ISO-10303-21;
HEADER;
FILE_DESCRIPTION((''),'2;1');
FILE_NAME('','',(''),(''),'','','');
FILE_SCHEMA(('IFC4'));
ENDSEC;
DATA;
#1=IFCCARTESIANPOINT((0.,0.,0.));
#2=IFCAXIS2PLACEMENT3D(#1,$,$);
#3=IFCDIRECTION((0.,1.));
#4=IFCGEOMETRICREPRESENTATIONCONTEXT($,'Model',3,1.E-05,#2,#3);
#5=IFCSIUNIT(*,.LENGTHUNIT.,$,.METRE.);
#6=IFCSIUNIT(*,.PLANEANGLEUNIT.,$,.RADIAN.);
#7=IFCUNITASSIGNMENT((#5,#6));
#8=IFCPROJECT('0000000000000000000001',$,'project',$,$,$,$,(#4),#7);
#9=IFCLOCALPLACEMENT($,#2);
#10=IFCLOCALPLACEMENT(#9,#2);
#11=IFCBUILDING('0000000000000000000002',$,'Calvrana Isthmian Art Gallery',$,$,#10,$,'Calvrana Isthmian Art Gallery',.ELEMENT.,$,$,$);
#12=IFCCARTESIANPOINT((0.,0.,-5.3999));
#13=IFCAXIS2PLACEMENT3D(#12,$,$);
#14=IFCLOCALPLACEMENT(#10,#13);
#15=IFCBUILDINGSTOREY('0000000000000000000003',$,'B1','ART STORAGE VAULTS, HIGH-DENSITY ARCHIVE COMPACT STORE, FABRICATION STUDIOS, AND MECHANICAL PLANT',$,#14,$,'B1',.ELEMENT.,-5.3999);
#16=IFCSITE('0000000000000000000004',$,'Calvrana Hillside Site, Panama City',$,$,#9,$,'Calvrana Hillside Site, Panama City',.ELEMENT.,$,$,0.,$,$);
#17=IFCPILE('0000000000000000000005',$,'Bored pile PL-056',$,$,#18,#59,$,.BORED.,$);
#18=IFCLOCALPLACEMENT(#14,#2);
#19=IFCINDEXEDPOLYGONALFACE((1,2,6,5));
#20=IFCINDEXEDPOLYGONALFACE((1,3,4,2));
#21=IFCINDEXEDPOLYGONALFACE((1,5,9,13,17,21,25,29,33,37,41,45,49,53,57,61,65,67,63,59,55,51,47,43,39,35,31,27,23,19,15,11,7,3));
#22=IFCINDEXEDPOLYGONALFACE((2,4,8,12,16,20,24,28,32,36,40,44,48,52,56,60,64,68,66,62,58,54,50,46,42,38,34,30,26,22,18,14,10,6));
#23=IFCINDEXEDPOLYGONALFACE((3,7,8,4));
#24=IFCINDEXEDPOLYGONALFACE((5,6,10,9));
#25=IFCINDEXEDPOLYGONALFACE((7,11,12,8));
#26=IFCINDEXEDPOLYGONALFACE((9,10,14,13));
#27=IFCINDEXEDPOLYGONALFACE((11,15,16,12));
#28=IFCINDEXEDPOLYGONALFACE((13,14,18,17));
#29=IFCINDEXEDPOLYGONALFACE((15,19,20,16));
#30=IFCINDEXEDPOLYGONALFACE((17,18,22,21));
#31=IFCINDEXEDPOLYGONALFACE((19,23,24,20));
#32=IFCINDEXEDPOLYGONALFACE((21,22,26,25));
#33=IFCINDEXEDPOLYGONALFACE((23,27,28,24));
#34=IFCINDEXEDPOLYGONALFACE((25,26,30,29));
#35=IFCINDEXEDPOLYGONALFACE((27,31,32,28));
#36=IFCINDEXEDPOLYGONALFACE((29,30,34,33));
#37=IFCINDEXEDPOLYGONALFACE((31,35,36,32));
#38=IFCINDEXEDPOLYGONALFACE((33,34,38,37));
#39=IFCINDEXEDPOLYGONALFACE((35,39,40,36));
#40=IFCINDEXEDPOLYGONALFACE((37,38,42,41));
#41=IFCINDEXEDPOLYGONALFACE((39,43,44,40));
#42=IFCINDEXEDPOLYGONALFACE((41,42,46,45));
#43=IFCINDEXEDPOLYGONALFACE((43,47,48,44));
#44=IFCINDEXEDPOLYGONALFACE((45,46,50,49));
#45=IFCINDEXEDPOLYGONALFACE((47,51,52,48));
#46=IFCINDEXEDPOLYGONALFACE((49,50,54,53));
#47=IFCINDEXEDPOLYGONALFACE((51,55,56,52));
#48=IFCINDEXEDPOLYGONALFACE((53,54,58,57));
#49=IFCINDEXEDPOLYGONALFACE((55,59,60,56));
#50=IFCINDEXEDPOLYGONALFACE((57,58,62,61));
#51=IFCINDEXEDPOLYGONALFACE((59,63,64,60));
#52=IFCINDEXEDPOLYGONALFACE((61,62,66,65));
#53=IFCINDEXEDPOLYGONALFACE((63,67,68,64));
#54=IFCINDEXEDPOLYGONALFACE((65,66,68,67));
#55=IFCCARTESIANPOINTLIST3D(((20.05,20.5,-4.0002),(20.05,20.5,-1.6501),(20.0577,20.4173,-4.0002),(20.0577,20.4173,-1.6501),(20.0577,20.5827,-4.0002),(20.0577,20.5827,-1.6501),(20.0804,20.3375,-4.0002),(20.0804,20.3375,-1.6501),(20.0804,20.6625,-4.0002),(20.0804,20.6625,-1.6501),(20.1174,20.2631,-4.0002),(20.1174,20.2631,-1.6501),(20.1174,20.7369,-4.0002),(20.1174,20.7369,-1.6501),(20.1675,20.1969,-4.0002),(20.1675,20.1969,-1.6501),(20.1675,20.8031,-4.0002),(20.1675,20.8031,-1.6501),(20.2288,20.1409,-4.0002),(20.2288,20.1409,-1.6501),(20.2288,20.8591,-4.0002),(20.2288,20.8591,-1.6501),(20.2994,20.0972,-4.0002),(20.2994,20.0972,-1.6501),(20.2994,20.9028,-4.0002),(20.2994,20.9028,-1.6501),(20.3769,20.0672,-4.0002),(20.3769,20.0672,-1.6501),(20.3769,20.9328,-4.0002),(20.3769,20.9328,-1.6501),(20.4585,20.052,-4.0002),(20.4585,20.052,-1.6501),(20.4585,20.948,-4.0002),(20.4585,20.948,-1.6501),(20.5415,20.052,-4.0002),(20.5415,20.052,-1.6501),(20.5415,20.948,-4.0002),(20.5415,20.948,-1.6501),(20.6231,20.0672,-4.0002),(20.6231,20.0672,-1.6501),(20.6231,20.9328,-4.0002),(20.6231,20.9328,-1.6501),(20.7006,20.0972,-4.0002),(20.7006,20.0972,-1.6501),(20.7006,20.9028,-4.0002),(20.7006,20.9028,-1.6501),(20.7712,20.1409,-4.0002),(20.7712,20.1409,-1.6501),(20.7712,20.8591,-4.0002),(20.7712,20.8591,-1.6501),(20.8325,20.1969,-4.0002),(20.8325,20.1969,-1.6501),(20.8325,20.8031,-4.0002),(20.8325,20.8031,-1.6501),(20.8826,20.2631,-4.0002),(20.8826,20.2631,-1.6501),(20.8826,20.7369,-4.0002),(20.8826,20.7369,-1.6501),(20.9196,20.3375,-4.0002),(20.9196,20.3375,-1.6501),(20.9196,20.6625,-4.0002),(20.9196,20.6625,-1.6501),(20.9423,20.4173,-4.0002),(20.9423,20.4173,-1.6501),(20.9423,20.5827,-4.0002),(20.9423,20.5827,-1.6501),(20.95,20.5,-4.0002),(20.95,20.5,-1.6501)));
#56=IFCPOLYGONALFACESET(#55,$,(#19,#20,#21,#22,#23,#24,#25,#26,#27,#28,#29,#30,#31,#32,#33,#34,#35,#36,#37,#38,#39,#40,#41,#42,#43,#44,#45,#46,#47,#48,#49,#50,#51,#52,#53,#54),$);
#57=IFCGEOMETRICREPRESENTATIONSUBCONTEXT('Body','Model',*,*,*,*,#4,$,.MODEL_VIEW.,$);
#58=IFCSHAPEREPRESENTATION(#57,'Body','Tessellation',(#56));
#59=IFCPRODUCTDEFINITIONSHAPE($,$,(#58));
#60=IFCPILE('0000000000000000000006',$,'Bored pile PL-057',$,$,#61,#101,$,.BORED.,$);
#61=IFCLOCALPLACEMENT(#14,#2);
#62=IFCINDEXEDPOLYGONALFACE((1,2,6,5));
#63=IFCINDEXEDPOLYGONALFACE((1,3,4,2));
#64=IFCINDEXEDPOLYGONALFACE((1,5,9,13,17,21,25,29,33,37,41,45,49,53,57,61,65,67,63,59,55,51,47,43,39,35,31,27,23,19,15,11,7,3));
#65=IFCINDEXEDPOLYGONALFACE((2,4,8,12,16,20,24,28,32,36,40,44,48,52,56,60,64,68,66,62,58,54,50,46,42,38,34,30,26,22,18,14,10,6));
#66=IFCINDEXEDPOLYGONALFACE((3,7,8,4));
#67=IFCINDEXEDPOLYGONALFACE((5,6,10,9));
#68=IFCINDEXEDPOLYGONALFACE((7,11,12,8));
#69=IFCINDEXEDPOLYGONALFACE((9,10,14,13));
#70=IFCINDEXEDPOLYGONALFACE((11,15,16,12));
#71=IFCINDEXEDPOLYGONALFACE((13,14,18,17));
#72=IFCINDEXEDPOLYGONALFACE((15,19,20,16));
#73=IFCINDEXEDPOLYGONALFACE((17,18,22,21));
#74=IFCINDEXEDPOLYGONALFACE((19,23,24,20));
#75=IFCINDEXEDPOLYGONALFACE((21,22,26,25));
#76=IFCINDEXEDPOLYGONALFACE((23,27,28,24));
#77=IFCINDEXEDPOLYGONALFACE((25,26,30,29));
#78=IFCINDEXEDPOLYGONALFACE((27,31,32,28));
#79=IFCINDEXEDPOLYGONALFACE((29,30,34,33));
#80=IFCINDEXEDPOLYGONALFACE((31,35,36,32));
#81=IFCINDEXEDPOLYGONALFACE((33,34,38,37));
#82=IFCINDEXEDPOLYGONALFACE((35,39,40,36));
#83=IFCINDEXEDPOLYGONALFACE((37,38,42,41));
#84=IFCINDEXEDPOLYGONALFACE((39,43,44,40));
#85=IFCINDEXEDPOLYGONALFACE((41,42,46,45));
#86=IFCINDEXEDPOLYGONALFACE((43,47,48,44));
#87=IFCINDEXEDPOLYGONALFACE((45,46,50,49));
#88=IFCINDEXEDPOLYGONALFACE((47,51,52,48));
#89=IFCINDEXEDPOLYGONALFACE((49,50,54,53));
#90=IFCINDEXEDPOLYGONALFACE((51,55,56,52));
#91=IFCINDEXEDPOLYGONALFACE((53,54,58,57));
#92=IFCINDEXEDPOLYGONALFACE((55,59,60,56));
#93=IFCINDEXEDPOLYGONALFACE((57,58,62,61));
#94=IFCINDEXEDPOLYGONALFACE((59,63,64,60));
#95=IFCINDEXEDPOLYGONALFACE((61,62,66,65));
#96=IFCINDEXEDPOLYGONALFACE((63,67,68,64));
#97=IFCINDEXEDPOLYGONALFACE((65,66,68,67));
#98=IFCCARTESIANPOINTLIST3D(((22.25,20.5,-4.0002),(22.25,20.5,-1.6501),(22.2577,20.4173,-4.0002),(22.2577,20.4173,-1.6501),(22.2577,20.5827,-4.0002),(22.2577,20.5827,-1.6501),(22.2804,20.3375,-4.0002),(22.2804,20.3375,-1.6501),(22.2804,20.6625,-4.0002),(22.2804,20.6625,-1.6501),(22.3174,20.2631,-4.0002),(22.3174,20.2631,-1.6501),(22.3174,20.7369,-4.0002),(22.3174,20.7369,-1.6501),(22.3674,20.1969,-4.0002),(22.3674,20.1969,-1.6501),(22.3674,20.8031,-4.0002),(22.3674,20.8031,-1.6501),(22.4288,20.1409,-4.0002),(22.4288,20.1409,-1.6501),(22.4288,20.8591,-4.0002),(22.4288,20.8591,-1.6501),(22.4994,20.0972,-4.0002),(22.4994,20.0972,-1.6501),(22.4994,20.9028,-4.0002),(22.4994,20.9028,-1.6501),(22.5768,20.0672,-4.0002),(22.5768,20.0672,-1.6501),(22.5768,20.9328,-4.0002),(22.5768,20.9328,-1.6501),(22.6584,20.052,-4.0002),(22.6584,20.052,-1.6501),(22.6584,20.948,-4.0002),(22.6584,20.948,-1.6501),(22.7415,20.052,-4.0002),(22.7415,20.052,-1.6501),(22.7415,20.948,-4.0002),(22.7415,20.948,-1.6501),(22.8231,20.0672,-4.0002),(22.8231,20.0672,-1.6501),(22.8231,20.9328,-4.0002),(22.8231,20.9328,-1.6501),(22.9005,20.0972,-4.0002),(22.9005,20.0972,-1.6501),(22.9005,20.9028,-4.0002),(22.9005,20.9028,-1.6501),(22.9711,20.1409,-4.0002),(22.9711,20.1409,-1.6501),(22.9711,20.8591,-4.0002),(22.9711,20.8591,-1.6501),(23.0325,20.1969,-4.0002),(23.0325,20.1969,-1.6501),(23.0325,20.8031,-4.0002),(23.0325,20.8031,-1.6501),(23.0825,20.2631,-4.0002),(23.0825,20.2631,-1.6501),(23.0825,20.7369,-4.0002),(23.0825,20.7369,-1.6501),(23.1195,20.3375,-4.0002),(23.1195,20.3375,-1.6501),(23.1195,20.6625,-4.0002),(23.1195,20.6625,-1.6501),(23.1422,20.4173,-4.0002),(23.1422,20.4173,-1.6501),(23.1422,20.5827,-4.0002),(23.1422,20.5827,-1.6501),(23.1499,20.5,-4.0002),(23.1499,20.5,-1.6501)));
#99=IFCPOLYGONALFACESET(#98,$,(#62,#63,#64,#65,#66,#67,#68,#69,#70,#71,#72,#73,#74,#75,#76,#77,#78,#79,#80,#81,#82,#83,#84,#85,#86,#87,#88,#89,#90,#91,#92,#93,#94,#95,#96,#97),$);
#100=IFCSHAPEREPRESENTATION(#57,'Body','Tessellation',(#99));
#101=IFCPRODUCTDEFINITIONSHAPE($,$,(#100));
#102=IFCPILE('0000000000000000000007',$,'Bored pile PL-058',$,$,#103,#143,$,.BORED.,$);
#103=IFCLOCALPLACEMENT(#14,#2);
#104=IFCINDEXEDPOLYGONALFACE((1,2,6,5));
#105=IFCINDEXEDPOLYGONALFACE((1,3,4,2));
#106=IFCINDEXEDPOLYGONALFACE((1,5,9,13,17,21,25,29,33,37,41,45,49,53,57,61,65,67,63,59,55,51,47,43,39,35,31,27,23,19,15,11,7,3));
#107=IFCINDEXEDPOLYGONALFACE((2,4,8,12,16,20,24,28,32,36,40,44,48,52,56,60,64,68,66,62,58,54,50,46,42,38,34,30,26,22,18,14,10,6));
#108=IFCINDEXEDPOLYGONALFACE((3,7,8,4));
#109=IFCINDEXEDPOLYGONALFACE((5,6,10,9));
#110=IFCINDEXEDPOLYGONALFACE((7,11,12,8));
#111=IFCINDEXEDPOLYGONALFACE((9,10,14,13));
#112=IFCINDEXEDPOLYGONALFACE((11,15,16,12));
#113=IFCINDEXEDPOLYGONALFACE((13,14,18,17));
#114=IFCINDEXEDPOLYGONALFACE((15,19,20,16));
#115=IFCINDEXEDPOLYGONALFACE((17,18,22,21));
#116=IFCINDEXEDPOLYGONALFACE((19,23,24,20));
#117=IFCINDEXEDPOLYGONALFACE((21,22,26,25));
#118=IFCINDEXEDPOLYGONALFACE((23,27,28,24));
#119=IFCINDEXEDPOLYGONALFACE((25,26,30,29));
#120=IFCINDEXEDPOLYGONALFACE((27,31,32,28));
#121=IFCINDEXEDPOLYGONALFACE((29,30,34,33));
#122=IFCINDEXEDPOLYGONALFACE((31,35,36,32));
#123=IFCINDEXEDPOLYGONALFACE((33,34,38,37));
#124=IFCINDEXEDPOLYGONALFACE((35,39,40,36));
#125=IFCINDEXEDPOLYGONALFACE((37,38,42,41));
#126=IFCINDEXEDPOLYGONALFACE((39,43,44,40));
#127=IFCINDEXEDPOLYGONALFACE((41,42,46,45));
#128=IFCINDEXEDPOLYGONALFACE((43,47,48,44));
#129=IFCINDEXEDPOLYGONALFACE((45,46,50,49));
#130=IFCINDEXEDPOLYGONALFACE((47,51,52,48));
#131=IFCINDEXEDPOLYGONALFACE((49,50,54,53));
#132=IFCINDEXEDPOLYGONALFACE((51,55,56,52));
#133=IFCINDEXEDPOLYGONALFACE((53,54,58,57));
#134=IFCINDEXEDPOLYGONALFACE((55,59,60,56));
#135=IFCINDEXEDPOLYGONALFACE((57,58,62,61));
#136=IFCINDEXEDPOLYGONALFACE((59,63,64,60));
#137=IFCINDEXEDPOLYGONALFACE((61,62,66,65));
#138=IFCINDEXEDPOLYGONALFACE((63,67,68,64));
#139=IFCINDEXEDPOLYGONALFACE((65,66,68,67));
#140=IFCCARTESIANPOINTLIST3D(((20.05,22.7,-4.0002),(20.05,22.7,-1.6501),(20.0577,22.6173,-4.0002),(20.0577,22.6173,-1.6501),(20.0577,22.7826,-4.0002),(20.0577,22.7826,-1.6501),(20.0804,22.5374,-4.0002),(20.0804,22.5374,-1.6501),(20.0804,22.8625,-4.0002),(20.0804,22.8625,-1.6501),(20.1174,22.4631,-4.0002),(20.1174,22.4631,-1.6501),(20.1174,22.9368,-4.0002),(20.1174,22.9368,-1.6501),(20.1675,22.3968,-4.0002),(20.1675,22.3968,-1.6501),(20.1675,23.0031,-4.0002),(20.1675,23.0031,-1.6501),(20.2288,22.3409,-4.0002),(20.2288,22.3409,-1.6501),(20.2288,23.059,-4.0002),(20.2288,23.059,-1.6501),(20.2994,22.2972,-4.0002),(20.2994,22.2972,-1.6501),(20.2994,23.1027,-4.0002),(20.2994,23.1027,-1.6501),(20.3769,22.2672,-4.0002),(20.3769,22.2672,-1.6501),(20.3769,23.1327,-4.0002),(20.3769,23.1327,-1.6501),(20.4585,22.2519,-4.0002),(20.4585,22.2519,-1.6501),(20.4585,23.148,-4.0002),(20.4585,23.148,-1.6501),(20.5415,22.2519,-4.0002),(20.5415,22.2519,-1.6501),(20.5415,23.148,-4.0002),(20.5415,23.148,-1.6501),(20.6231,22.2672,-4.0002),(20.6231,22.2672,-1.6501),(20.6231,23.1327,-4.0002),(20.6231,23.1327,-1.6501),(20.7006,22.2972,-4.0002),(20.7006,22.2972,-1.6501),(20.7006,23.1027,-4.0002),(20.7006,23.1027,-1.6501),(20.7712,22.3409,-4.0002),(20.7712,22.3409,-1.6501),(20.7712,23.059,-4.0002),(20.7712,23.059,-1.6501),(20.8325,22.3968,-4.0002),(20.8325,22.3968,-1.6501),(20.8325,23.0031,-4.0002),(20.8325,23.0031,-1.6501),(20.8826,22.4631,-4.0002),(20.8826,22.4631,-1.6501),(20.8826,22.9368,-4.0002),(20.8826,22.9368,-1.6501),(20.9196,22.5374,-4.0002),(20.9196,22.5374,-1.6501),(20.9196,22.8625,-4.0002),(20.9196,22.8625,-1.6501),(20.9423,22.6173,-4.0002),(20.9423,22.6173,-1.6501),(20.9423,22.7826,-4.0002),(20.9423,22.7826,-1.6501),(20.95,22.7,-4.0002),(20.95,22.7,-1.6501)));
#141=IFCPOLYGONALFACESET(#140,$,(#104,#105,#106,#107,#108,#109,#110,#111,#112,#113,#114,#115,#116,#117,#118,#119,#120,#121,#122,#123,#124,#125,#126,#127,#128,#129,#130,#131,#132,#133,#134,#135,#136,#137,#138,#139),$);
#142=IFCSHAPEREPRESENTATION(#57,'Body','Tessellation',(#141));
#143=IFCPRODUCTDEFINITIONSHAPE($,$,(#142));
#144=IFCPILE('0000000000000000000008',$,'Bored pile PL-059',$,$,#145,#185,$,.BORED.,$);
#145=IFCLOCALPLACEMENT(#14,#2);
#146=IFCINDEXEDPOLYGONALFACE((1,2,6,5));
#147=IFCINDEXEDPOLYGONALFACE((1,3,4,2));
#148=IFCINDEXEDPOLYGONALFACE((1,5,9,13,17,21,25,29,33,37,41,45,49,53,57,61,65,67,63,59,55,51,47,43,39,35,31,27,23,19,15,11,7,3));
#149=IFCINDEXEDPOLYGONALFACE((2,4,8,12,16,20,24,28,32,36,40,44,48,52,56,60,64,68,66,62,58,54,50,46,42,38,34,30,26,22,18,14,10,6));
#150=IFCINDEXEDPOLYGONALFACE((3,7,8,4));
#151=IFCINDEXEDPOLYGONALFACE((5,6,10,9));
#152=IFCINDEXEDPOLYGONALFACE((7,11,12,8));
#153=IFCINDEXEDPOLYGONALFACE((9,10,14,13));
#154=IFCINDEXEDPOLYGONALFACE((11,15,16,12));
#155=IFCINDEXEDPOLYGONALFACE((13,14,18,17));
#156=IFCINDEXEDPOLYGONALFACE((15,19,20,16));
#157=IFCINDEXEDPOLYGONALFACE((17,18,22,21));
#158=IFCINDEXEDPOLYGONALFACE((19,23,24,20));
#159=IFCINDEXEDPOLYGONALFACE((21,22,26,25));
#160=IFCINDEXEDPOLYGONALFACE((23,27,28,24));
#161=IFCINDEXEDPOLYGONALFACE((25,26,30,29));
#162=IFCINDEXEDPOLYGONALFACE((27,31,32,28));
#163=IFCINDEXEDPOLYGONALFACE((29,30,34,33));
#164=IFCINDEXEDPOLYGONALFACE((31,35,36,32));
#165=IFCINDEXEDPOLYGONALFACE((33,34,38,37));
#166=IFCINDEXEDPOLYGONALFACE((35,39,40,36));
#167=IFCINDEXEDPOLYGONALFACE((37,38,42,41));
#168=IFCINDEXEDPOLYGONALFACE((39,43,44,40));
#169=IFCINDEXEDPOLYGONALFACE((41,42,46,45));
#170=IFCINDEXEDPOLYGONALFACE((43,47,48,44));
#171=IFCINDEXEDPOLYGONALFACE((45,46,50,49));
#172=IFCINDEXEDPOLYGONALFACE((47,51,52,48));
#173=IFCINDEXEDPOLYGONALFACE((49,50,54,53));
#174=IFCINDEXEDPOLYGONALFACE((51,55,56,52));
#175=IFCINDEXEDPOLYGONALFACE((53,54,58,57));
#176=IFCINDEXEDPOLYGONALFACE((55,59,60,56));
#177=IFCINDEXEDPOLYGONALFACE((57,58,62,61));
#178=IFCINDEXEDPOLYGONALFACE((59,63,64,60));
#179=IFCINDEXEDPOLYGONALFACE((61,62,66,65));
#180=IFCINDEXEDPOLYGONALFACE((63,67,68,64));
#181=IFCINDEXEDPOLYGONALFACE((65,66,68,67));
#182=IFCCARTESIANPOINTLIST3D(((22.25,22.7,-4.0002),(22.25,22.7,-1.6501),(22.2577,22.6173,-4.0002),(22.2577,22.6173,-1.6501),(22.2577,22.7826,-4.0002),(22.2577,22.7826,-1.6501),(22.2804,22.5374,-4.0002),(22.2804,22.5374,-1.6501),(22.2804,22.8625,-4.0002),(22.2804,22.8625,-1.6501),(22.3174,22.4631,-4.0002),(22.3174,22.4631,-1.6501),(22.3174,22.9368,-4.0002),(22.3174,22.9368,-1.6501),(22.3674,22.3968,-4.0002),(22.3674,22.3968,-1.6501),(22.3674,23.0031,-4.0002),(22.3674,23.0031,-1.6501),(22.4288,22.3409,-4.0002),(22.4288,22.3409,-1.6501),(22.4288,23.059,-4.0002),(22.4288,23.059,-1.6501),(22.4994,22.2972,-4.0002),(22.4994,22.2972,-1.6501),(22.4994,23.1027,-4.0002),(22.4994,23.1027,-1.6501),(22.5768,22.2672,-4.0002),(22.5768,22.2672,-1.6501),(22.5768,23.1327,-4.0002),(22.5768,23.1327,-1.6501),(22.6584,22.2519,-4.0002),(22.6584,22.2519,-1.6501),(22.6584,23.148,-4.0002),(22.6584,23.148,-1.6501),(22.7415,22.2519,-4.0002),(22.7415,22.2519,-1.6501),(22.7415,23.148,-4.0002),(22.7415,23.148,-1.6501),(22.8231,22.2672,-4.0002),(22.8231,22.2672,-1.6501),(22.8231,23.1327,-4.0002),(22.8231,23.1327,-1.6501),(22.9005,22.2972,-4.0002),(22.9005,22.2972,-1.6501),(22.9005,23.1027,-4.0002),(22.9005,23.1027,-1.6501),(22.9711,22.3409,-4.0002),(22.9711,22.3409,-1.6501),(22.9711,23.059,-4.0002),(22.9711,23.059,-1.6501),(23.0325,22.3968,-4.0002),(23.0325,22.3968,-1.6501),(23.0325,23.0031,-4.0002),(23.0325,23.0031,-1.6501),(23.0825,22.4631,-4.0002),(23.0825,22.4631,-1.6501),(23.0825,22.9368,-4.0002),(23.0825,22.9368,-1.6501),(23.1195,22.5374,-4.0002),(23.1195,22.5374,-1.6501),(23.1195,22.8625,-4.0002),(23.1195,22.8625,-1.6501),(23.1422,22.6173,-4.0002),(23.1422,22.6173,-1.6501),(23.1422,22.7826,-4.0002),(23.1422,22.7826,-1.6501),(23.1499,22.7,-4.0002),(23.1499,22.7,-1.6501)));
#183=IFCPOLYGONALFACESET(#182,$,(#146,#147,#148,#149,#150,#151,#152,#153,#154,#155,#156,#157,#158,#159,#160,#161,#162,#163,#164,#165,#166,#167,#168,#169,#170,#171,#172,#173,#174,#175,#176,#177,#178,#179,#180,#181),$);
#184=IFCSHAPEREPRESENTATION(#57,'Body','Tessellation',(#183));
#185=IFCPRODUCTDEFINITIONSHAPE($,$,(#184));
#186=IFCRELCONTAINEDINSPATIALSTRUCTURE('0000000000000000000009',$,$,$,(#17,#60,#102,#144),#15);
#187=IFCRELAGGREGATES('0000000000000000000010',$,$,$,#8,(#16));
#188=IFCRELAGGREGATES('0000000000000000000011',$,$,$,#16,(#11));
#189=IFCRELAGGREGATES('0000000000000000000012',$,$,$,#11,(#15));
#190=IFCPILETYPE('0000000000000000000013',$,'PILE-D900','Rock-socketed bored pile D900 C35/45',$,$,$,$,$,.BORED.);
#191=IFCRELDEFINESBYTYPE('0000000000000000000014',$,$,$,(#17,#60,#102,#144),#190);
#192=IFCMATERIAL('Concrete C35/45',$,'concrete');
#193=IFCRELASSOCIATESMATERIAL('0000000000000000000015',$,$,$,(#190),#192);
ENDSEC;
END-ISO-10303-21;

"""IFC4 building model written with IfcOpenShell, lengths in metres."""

from ifc_helpers import new_model, si_unit, direction, frame, origin, origin_2d, place, context, subcontext, project, spatial, circle, extrude, material, material_profile, profile_set, type_object, element, save


model = new_model("IFC4")

# Units and contexts
model_context = context("Model", 3, precision=1e-05, world=origin(), true_north=direction((0.0, 1.0)))
body_context = subcontext(model_context, "Body", "Model", "MODEL_VIEW")
ifc_project = project(units=[si_unit("LENGTHUNIT", "METRE"), si_unit("PLANEANGLEUNIT", "RADIAN")], contexts=[model_context])

# Site, building, storey
site_placement = place(None, origin())
site = spatial("IfcSite", under=ifc_project, at=site_placement, Name="Calvrana Hillside Site, Panama City", LongName="Calvrana Hillside Site, Panama City", CompositionType="ELEMENT", RefElevation=0.0)
building_placement = place(site_placement, origin())
building = spatial("IfcBuilding", under=site, at=building_placement, Name="Calvrana Isthmian Art Gallery", LongName="Calvrana Isthmian Art Gallery", CompositionType="ELEMENT")
storey_placement = place(building_placement, frame((0.0, 0.0, -5.3999)))
storey = spatial("IfcBuildingStorey", under=building, at=storey_placement, Name="B1", Description="ART STORAGE VAULTS, HIGH-DENSITY ARCHIVE COMPACT STORE, FABRICATION STUDIOS, AND MECHANICAL PLANT", LongName="B1", CompositionType="ELEMENT", Elevation=-5.3999)

# Shared definitions
ifc_material_1 = material(Name="Concrete C35/45", Category="concrete")

# Piles
ifc_material_profile_1 = material_profile(ifc_material_1, circle(Radius=0.45, at=origin_2d()), Name="PILE900D")
ifc_profile_set_1 = profile_set([ifc_material_profile_1], Name="Concrete C35/45")
pile_type_1 = type_object("IfcPileType", Name="PILE-D900", Description="Rock-socketed bored pile D900 C35/45", PredefinedType="BORED", material=ifc_profile_set_1)
for number, where, z_axis, x_axis, name in (
    (1, (20.5, 20.5, -1.6501), (0.0, 0.0, -1.0), (1.0, 0.0, 0.0), "Bored pile PL-056"),
    (2, (22.7, 20.5, -1.6501), (0.0, 0.0, -1.0), (1.0, 0.0, 0.0), "Bored pile PL-057"),
    (3, (20.5, 22.7, -1.6501), (0.0, 0.0, -1.0), (1.0, 0.0, 0.0), "Bored pile PL-058"),
    (4, (22.7, 22.7, -1.6501), (0.0, 0.0, -1.0), (1.0, 0.0, 0.0), "Bored pile PL-059"),
):
    element("IfcPile", number, at=place(storey_placement, frame(where, z_axis=z_axis, x_axis=x_axis)), inside=storey, type_object=pile_type_1, Name=name, PredefinedType="BORED", context=body_context, shape_type="SweptSolid", body=[
        extrude(circle(Radius=0.45, at=origin_2d()), origin(), (0.0, 0.0, 1.0), 2.3501),
    ])

save(model, "model.ifc")
